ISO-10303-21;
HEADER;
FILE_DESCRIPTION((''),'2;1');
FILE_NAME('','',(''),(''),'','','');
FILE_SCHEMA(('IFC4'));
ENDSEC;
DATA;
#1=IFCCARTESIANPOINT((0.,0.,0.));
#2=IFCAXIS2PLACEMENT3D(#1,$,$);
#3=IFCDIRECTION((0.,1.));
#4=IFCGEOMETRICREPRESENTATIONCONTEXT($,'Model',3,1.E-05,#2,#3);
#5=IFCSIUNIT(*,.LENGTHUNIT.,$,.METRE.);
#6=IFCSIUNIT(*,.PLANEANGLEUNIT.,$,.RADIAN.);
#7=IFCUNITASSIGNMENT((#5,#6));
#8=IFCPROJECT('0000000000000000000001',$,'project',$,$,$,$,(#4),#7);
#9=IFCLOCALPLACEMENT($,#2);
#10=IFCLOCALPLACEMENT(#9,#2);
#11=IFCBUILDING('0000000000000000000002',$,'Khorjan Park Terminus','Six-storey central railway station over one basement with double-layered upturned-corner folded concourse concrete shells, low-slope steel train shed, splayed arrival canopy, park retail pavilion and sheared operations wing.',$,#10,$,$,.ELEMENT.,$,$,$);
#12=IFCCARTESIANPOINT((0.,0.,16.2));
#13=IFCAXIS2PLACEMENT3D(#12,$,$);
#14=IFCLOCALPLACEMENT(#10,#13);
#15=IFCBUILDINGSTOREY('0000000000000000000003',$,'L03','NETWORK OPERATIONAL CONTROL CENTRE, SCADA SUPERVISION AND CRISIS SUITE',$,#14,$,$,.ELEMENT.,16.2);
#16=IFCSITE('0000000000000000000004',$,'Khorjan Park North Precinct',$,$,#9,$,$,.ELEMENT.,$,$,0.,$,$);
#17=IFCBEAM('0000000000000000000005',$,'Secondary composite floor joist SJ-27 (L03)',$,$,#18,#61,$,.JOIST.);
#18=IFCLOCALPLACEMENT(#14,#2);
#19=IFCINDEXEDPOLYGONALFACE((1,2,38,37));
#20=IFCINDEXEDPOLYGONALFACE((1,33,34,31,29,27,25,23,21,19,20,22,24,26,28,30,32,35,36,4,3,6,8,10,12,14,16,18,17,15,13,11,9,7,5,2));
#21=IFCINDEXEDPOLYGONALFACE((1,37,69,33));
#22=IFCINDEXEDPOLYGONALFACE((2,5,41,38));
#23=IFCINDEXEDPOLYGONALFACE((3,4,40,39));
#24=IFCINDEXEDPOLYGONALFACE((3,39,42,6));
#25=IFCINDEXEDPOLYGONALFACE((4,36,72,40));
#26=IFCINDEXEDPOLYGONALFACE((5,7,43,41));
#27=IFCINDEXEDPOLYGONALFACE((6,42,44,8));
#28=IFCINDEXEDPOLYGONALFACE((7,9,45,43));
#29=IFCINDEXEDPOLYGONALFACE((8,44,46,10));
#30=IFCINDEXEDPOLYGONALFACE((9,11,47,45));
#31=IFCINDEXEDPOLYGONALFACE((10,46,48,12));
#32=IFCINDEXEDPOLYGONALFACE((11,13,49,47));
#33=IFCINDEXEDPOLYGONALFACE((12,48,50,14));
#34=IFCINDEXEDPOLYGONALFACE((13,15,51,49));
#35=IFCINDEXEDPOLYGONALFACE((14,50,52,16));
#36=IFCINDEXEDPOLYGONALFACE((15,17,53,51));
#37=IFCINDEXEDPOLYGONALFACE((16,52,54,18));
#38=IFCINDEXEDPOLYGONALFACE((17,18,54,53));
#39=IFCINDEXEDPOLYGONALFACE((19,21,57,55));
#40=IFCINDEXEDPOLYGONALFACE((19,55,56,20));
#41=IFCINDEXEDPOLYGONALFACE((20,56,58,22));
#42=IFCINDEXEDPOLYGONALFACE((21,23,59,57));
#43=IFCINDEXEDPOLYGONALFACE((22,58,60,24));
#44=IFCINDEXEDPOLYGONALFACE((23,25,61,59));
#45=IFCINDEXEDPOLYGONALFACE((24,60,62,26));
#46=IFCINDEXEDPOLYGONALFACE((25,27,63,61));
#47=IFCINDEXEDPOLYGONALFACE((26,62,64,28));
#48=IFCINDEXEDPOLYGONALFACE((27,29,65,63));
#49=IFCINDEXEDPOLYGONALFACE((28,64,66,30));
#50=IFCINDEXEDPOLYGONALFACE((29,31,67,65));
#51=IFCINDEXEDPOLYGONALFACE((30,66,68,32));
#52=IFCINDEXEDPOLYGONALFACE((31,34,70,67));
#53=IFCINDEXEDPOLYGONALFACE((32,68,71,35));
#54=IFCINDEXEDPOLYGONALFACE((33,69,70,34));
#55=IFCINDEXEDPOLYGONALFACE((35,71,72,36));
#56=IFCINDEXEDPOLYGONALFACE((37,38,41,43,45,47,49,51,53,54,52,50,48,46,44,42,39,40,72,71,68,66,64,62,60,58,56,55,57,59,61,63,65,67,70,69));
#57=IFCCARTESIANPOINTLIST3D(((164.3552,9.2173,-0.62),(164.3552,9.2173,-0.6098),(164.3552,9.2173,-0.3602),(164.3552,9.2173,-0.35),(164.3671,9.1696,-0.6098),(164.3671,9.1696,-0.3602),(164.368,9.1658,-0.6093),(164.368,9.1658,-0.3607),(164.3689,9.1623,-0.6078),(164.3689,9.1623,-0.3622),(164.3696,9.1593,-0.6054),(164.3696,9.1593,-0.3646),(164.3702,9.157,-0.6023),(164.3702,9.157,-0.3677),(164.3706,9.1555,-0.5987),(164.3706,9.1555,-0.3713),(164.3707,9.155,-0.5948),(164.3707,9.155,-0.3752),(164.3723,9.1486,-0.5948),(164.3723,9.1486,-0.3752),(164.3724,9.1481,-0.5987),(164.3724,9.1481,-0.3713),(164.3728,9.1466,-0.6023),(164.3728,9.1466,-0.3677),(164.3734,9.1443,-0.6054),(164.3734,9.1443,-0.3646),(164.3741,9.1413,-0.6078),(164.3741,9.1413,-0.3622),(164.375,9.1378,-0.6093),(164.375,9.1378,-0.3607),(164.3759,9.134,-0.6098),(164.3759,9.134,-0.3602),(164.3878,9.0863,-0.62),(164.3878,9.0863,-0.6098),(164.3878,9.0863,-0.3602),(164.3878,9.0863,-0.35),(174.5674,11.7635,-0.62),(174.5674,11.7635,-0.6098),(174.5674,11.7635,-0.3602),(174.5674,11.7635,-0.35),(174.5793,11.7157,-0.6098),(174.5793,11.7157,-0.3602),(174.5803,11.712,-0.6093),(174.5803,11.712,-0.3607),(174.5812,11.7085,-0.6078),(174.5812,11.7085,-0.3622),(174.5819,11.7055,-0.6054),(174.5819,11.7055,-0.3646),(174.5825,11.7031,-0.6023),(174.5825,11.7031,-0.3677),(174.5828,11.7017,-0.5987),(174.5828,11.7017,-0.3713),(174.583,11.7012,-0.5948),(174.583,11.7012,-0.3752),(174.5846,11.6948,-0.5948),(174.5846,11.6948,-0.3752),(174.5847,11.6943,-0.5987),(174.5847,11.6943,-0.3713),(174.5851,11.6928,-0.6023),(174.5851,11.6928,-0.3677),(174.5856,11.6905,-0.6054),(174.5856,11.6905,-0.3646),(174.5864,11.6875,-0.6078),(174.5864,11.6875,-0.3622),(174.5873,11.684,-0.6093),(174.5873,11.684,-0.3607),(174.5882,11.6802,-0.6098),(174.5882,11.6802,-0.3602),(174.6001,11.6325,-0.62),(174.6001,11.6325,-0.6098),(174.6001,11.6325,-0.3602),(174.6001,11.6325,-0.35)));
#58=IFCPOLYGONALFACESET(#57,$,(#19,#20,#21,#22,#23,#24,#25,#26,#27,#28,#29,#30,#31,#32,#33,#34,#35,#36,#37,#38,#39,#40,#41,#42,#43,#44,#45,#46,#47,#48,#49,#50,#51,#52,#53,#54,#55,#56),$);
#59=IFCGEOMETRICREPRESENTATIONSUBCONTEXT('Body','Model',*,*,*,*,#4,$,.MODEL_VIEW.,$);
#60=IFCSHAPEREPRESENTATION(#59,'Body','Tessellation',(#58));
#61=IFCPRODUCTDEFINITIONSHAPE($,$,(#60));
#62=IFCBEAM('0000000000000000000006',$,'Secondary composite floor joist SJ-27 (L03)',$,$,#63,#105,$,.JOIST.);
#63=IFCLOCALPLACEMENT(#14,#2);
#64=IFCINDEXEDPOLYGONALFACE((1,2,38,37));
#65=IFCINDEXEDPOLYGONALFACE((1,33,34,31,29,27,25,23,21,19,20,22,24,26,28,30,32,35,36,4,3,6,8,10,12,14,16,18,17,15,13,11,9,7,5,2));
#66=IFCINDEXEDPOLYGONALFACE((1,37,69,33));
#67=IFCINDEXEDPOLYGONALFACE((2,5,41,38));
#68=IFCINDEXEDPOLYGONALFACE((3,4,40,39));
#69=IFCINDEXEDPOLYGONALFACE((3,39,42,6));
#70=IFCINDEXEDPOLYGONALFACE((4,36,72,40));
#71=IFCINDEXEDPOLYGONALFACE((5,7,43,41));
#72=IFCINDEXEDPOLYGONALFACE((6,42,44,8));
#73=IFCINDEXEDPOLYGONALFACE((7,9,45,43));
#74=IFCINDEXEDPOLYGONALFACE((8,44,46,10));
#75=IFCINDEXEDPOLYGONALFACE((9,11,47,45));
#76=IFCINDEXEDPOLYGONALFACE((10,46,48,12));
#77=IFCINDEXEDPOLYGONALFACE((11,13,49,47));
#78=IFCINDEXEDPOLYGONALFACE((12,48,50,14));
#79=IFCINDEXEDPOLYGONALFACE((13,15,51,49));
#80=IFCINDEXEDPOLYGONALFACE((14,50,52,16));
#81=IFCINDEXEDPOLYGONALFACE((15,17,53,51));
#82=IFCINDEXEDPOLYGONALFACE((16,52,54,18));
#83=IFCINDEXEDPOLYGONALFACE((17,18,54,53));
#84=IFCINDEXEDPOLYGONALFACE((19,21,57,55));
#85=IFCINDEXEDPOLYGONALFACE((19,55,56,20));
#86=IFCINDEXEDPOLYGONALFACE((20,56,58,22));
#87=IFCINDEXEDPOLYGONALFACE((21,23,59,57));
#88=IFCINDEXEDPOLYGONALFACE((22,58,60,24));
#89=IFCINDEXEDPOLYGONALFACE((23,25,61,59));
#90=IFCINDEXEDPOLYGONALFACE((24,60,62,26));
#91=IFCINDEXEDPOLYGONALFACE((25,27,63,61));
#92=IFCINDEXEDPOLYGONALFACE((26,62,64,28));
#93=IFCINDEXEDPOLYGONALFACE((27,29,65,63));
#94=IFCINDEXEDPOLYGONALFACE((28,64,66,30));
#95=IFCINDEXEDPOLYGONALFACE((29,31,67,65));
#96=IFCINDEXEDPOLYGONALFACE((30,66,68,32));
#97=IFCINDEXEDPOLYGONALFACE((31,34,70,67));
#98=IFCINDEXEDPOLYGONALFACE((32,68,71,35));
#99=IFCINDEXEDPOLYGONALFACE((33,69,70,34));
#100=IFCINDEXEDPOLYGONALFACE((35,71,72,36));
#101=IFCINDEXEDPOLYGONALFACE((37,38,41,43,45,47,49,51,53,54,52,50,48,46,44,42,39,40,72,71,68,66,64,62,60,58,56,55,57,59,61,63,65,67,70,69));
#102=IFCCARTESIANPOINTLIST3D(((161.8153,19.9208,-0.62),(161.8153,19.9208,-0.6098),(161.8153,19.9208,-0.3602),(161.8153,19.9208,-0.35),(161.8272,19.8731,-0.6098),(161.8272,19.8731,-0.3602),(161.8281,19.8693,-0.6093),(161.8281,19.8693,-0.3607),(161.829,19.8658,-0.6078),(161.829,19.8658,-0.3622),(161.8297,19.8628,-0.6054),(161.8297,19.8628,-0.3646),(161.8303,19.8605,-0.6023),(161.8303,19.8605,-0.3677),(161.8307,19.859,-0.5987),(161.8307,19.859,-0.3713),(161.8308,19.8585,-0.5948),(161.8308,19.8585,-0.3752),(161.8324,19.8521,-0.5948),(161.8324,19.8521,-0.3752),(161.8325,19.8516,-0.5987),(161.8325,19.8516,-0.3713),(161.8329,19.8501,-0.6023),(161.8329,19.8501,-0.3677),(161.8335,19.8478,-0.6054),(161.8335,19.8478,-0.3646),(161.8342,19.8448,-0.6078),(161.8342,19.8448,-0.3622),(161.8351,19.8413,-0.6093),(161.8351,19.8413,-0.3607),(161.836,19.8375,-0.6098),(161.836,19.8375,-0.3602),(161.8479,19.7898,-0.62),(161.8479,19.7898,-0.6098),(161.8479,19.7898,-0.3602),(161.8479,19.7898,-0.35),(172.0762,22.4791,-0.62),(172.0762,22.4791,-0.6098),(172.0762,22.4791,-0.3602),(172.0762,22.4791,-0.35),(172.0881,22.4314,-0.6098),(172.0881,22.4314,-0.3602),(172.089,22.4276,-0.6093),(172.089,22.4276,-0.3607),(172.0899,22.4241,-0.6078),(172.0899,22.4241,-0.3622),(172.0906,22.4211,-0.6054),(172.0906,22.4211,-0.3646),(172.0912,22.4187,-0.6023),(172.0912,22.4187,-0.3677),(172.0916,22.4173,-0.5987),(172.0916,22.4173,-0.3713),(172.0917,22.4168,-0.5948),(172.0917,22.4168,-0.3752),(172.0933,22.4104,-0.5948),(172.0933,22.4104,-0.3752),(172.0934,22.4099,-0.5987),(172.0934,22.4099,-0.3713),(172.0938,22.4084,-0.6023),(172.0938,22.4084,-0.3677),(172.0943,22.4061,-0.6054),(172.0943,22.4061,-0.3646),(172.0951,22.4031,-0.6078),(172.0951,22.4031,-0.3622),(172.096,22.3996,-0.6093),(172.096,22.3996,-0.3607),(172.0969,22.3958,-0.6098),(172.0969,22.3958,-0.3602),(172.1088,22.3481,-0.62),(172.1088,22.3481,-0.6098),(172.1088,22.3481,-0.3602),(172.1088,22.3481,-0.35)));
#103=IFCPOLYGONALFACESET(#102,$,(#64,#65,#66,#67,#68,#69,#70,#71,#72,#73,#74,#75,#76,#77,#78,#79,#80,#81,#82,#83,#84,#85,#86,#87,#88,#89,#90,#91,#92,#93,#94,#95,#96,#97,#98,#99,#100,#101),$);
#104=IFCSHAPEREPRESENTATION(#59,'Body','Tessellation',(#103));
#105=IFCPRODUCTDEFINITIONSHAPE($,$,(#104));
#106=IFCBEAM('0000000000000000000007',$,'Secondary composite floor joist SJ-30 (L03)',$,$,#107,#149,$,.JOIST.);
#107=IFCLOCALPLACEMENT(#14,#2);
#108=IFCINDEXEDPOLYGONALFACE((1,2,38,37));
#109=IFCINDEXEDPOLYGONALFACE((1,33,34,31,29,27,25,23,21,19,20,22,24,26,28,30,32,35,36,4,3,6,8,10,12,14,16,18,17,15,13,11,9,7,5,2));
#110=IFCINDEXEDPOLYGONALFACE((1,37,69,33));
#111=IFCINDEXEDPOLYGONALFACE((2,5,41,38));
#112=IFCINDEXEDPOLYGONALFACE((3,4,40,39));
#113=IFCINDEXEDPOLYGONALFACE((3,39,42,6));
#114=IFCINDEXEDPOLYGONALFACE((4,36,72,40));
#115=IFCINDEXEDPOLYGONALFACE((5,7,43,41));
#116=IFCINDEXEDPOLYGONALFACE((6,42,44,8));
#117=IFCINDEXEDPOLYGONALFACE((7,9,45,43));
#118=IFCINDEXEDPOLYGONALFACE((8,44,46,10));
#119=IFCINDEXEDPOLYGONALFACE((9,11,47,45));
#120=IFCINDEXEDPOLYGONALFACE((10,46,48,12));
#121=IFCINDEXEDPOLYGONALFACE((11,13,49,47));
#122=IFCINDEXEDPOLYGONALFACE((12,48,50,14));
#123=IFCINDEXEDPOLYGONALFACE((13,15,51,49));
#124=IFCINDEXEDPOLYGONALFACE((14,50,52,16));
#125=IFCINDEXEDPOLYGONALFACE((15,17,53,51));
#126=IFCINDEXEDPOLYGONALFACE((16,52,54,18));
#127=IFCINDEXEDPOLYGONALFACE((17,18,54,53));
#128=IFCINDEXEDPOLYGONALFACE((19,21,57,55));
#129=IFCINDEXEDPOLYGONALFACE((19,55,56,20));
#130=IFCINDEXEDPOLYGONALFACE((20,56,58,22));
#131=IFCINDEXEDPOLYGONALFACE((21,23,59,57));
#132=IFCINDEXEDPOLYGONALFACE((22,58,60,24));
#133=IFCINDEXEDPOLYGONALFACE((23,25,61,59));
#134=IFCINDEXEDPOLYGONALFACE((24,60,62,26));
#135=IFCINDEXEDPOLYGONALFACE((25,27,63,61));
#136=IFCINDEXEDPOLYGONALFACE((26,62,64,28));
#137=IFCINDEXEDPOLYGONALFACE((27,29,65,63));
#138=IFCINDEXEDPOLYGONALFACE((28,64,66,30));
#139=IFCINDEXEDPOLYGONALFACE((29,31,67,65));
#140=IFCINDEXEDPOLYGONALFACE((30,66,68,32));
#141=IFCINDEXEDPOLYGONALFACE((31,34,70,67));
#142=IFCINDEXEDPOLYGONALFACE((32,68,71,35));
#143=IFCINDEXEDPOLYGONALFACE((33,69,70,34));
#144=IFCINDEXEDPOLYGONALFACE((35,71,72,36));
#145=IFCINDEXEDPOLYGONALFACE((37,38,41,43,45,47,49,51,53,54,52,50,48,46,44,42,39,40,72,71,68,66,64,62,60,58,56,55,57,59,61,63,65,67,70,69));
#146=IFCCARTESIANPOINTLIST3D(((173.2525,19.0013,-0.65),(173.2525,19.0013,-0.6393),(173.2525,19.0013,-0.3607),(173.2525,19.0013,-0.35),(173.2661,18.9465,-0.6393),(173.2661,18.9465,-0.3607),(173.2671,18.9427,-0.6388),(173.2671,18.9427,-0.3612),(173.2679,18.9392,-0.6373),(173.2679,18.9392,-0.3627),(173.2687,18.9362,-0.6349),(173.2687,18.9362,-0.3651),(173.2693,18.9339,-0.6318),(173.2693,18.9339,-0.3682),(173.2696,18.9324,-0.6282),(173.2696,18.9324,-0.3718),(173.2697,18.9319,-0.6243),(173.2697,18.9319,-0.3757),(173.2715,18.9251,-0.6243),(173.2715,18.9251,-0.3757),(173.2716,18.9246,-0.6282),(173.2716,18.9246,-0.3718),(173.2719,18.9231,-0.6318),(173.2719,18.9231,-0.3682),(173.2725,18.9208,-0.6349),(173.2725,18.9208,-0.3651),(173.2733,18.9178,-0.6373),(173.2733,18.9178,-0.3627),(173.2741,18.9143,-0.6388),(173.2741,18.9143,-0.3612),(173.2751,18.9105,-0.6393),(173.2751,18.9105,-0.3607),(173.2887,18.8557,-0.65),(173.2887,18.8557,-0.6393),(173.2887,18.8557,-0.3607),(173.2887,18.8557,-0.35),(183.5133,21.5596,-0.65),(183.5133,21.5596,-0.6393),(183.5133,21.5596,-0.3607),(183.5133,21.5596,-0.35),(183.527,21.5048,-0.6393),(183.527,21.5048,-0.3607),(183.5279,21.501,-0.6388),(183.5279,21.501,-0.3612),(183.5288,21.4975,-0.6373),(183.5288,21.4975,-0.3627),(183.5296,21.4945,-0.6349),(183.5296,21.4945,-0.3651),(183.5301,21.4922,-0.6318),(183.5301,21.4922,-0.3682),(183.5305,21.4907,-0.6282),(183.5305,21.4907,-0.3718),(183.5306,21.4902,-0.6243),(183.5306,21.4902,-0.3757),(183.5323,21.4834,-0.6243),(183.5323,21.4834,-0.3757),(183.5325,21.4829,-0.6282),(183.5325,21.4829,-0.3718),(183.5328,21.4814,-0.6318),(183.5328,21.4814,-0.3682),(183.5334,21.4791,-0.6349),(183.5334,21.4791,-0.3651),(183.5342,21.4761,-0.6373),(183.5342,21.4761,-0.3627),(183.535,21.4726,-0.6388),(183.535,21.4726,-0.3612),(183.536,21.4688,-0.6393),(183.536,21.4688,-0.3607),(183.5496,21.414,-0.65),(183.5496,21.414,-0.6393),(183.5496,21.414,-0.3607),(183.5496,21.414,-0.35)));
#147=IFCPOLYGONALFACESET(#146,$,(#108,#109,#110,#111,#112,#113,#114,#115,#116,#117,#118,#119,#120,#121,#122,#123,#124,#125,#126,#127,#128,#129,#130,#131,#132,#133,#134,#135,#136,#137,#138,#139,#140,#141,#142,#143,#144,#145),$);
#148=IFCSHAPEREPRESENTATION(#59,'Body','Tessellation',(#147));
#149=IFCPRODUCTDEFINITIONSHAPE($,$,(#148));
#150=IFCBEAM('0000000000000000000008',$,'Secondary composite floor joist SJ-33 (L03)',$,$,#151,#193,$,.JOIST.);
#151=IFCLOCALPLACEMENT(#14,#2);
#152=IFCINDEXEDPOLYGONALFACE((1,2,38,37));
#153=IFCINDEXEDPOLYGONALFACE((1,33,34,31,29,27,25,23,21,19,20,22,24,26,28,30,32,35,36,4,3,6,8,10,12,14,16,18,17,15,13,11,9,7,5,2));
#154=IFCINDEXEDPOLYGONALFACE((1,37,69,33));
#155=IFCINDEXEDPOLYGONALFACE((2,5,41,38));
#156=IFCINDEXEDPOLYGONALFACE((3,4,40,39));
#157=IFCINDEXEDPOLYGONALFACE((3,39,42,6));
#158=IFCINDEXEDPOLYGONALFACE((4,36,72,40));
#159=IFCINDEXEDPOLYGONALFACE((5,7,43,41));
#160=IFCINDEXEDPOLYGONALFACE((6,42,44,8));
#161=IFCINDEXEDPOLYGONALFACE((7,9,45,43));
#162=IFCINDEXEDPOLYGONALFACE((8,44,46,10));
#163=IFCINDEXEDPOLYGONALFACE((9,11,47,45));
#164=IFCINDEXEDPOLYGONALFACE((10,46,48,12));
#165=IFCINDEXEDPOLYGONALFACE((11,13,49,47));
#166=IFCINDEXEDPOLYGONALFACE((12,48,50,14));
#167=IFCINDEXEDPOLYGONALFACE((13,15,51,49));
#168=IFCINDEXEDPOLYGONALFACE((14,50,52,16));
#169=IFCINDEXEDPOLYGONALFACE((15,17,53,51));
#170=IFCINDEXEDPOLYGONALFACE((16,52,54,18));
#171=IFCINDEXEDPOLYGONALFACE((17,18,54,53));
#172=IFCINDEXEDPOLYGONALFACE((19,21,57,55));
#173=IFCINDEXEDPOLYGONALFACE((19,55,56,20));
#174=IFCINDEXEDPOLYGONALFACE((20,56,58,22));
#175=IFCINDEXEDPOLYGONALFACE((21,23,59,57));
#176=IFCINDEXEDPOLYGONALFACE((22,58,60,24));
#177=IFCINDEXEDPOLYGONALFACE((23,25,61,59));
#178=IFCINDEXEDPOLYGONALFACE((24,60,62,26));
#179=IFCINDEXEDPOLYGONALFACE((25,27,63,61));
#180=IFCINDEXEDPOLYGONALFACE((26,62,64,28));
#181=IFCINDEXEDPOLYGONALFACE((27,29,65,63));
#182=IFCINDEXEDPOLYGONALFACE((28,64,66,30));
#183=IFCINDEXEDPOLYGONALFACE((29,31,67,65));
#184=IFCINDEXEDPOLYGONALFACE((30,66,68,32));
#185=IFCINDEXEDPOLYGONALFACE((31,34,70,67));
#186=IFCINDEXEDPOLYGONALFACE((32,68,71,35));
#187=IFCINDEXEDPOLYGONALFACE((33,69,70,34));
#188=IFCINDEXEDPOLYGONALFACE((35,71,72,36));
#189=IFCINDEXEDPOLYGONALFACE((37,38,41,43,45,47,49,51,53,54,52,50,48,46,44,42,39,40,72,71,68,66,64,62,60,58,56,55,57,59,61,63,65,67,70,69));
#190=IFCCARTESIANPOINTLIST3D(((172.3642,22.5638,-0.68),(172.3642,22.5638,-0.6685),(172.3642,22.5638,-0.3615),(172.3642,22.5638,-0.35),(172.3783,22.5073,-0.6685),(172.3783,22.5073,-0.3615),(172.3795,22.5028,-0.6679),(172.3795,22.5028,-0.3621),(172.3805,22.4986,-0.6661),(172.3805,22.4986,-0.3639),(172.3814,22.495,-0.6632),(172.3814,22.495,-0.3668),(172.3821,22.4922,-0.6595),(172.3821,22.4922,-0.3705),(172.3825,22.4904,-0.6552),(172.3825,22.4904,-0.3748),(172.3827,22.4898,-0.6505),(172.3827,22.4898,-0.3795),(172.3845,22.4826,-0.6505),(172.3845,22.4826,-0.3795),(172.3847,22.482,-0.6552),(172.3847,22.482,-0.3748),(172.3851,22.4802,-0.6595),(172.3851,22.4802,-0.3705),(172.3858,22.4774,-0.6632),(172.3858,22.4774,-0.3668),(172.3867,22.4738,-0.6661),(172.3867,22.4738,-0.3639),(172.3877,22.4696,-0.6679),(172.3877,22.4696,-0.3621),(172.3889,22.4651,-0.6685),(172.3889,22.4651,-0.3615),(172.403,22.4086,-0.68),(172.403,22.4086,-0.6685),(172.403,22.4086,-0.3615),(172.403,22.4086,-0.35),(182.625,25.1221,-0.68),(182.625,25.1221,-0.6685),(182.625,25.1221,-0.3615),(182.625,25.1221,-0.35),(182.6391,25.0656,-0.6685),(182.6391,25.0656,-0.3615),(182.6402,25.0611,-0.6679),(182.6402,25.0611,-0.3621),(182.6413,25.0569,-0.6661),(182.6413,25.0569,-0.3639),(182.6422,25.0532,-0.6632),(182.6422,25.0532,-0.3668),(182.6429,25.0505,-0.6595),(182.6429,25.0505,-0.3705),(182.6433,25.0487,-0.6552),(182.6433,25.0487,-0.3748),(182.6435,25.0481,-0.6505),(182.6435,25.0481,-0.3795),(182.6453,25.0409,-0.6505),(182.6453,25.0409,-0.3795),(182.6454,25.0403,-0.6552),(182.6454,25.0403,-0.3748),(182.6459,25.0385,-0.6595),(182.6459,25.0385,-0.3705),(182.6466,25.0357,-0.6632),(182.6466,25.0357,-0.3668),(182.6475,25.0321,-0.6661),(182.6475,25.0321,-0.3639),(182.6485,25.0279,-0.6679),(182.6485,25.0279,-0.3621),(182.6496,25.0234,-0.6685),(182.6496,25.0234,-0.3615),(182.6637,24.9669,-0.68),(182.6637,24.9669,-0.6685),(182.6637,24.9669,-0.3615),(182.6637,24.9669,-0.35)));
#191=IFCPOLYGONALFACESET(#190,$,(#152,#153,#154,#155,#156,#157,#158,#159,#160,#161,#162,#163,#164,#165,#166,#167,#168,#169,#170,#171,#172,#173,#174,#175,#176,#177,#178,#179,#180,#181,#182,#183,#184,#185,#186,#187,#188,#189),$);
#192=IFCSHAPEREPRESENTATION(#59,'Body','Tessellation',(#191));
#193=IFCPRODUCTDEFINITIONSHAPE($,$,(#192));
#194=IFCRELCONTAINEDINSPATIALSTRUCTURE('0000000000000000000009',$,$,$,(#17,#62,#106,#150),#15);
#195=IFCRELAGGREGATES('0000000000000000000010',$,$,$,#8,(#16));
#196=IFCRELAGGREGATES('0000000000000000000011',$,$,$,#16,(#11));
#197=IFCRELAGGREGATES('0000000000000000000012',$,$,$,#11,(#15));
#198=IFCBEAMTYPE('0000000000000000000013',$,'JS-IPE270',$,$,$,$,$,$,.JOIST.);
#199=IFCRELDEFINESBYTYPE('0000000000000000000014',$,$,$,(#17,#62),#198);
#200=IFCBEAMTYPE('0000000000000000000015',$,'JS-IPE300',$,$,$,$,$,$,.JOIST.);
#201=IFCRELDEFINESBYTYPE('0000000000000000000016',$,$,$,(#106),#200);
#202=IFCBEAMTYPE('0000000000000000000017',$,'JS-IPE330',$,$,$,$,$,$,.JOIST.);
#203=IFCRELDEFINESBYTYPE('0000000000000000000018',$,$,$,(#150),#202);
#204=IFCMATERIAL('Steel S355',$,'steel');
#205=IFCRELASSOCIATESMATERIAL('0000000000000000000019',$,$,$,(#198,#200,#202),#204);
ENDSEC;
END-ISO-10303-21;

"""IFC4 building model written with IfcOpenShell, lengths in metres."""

from ifc_helpers import new_model, si_unit, direction, frame, origin, origin_2d, place, context, subcontext, project, spatial, i_section, extrude, material, material_profile, profile_set, type_object, element, save


model = new_model("IFC4")

# Units and contexts
model_context = context("Model", 3, precision=1e-05, world=origin(), true_north=direction((0.0, 1.0)))
body_context = subcontext(model_context, "Body", "Model", "MODEL_VIEW")
ifc_project = project(units=[si_unit("LENGTHUNIT", "METRE"), si_unit("PLANEANGLEUNIT", "RADIAN")], contexts=[model_context])

# Site, building, storey
site_placement = place(None, origin())
site = spatial("IfcSite", under=ifc_project, at=site_placement, Name="Khorjan Park North Precinct", CompositionType="ELEMENT", RefElevation=0.0)
building_placement = place(site_placement, origin())
building = spatial("IfcBuilding", under=site, at=building_placement, Name="Khorjan Park Terminus", Description="Six-storey central railway station over one basement with double-layered upturned-corner folded concourse concrete shells, low-slope steel train shed, splayed arrival canopy, park retail pavilion and sheared operations wing.", CompositionType="ELEMENT")
storey_placement = place(building_placement, frame((0.0, 0.0, 16.2)))
storey = spatial("IfcBuildingStorey", under=building, at=storey_placement, Name="L03", Description="NETWORK OPERATIONAL CONTROL CENTRE, SCADA SUPERVISION AND CRISIS SUITE", CompositionType="ELEMENT", Elevation=16.2)

# Beams
ifc_material_1 = material(Name="Steel S355", Category="steel")
ifc_material_profile_1 = material_profile(ifc_material_1, i_section(OverallWidth=0.135, OverallDepth=0.27, WebThickness=0.0066, FlangeThickness=0.0102, FilletRadius=0.015, at=origin_2d()), Name="IPE 270")
ifc_profile_set_1 = profile_set([ifc_material_profile_1], Name="Steel S355")
beam_type_1 = type_object("IfcBeamType", Name="JS-IPE270", PredefinedType="JOIST", material=ifc_profile_set_1)
beam_1_placement = place(storey_placement, frame((164.3715, 9.1518, -0.485), z_axis=(0.970296, 0.241921, 0.0), x_axis=(-0.241921, 0.970296, 0.0)))
element("IfcBeam", 1, at=beam_1_placement, inside=storey, type_object=beam_type_1, Name="Secondary composite floor joist SJ-27 (L03)", PredefinedType="JOIST", context=body_context, shape_type="SweptSolid", body=[
    extrude(i_section(OverallWidth=0.135, OverallDepth=0.27, WebThickness=0.0066, FlangeThickness=0.0102, FilletRadius=0.015, at=origin_2d()), origin(), (0.0, 0.0, 1.0), 10.5249),
])
beam_2_placement = place(storey_placement, frame((161.8316, 19.8553, -0.485), z_axis=(0.970296, 0.241919, 0.0), x_axis=(-0.241919, 0.970296, 0.0)))
element("IfcBeam", 2, at=beam_2_placement, inside=storey, type_object=beam_type_1, Name="Secondary composite floor joist SJ-27 (L03)", PredefinedType="JOIST", context=body_context, shape_type="SweptSolid", body=[
    extrude(i_section(OverallWidth=0.135, OverallDepth=0.27, WebThickness=0.0066, FlangeThickness=0.0102, FilletRadius=0.015, at=origin_2d()), origin(), (0.0, 0.0, 1.0), 10.575),
])
ifc_material_profile_2 = material_profile(ifc_material_1, i_section(OverallWidth=0.15, OverallDepth=0.3, WebThickness=0.0071, FlangeThickness=0.0107, FilletRadius=0.015, at=origin_2d()), Name="IPE 300")
ifc_profile_set_2 = profile_set([ifc_material_profile_2], Name="Steel S355")
beam_type_2 = type_object("IfcBeamType", Name="JS-IPE300", PredefinedType="JOIST", material=ifc_profile_set_2)
beam_3_placement = place(storey_placement, frame((173.2706, 18.9285, -0.5), z_axis=(0.970296, 0.241919, 0.0), x_axis=(-0.241919, 0.970296, 0.0)))
element("IfcBeam", 3, at=beam_3_placement, inside=storey, type_object=beam_type_2, Name="Secondary composite floor joist SJ-30 (L03)", PredefinedType="JOIST", context=body_context, shape_type="SweptSolid", body=[
    extrude(i_section(OverallWidth=0.15, OverallDepth=0.3, WebThickness=0.0071, FlangeThickness=0.0107, FilletRadius=0.015, at=origin_2d()), origin(), (0.0, 0.0, 1.0), 10.575),
])
ifc_material_profile_3 = material_profile(ifc_material_1, i_section(OverallWidth=0.16, OverallDepth=0.33, WebThickness=0.0075, FlangeThickness=0.0115, FilletRadius=0.018, at=origin_2d()), Name="IPE 330")
ifc_profile_set_3 = profile_set([ifc_material_profile_3], Name="Steel S355")
beam_type_3 = type_object("IfcBeamType", Name="JS-IPE330", PredefinedType="JOIST", material=ifc_profile_set_3)
beam_4_placement = place(storey_placement, frame((172.3836, 22.4862, -0.515), z_axis=(0.970296, 0.241921, 0.0), x_axis=(-0.241921, 0.970296, 0.0)))
element("IfcBeam", 4, at=beam_4_placement, inside=storey, type_object=beam_type_3, Name="Secondary composite floor joist SJ-33 (L03)", PredefinedType="JOIST", context=body_context, shape_type="SweptSolid", body=[
    extrude(i_section(OverallWidth=0.16, OverallDepth=0.33, WebThickness=0.0075, FlangeThickness=0.0115, FilletRadius=0.018, at=origin_2d()), origin(), (0.0, 0.0, 1.0), 10.5749),
])

save(model, "model.ifc")
